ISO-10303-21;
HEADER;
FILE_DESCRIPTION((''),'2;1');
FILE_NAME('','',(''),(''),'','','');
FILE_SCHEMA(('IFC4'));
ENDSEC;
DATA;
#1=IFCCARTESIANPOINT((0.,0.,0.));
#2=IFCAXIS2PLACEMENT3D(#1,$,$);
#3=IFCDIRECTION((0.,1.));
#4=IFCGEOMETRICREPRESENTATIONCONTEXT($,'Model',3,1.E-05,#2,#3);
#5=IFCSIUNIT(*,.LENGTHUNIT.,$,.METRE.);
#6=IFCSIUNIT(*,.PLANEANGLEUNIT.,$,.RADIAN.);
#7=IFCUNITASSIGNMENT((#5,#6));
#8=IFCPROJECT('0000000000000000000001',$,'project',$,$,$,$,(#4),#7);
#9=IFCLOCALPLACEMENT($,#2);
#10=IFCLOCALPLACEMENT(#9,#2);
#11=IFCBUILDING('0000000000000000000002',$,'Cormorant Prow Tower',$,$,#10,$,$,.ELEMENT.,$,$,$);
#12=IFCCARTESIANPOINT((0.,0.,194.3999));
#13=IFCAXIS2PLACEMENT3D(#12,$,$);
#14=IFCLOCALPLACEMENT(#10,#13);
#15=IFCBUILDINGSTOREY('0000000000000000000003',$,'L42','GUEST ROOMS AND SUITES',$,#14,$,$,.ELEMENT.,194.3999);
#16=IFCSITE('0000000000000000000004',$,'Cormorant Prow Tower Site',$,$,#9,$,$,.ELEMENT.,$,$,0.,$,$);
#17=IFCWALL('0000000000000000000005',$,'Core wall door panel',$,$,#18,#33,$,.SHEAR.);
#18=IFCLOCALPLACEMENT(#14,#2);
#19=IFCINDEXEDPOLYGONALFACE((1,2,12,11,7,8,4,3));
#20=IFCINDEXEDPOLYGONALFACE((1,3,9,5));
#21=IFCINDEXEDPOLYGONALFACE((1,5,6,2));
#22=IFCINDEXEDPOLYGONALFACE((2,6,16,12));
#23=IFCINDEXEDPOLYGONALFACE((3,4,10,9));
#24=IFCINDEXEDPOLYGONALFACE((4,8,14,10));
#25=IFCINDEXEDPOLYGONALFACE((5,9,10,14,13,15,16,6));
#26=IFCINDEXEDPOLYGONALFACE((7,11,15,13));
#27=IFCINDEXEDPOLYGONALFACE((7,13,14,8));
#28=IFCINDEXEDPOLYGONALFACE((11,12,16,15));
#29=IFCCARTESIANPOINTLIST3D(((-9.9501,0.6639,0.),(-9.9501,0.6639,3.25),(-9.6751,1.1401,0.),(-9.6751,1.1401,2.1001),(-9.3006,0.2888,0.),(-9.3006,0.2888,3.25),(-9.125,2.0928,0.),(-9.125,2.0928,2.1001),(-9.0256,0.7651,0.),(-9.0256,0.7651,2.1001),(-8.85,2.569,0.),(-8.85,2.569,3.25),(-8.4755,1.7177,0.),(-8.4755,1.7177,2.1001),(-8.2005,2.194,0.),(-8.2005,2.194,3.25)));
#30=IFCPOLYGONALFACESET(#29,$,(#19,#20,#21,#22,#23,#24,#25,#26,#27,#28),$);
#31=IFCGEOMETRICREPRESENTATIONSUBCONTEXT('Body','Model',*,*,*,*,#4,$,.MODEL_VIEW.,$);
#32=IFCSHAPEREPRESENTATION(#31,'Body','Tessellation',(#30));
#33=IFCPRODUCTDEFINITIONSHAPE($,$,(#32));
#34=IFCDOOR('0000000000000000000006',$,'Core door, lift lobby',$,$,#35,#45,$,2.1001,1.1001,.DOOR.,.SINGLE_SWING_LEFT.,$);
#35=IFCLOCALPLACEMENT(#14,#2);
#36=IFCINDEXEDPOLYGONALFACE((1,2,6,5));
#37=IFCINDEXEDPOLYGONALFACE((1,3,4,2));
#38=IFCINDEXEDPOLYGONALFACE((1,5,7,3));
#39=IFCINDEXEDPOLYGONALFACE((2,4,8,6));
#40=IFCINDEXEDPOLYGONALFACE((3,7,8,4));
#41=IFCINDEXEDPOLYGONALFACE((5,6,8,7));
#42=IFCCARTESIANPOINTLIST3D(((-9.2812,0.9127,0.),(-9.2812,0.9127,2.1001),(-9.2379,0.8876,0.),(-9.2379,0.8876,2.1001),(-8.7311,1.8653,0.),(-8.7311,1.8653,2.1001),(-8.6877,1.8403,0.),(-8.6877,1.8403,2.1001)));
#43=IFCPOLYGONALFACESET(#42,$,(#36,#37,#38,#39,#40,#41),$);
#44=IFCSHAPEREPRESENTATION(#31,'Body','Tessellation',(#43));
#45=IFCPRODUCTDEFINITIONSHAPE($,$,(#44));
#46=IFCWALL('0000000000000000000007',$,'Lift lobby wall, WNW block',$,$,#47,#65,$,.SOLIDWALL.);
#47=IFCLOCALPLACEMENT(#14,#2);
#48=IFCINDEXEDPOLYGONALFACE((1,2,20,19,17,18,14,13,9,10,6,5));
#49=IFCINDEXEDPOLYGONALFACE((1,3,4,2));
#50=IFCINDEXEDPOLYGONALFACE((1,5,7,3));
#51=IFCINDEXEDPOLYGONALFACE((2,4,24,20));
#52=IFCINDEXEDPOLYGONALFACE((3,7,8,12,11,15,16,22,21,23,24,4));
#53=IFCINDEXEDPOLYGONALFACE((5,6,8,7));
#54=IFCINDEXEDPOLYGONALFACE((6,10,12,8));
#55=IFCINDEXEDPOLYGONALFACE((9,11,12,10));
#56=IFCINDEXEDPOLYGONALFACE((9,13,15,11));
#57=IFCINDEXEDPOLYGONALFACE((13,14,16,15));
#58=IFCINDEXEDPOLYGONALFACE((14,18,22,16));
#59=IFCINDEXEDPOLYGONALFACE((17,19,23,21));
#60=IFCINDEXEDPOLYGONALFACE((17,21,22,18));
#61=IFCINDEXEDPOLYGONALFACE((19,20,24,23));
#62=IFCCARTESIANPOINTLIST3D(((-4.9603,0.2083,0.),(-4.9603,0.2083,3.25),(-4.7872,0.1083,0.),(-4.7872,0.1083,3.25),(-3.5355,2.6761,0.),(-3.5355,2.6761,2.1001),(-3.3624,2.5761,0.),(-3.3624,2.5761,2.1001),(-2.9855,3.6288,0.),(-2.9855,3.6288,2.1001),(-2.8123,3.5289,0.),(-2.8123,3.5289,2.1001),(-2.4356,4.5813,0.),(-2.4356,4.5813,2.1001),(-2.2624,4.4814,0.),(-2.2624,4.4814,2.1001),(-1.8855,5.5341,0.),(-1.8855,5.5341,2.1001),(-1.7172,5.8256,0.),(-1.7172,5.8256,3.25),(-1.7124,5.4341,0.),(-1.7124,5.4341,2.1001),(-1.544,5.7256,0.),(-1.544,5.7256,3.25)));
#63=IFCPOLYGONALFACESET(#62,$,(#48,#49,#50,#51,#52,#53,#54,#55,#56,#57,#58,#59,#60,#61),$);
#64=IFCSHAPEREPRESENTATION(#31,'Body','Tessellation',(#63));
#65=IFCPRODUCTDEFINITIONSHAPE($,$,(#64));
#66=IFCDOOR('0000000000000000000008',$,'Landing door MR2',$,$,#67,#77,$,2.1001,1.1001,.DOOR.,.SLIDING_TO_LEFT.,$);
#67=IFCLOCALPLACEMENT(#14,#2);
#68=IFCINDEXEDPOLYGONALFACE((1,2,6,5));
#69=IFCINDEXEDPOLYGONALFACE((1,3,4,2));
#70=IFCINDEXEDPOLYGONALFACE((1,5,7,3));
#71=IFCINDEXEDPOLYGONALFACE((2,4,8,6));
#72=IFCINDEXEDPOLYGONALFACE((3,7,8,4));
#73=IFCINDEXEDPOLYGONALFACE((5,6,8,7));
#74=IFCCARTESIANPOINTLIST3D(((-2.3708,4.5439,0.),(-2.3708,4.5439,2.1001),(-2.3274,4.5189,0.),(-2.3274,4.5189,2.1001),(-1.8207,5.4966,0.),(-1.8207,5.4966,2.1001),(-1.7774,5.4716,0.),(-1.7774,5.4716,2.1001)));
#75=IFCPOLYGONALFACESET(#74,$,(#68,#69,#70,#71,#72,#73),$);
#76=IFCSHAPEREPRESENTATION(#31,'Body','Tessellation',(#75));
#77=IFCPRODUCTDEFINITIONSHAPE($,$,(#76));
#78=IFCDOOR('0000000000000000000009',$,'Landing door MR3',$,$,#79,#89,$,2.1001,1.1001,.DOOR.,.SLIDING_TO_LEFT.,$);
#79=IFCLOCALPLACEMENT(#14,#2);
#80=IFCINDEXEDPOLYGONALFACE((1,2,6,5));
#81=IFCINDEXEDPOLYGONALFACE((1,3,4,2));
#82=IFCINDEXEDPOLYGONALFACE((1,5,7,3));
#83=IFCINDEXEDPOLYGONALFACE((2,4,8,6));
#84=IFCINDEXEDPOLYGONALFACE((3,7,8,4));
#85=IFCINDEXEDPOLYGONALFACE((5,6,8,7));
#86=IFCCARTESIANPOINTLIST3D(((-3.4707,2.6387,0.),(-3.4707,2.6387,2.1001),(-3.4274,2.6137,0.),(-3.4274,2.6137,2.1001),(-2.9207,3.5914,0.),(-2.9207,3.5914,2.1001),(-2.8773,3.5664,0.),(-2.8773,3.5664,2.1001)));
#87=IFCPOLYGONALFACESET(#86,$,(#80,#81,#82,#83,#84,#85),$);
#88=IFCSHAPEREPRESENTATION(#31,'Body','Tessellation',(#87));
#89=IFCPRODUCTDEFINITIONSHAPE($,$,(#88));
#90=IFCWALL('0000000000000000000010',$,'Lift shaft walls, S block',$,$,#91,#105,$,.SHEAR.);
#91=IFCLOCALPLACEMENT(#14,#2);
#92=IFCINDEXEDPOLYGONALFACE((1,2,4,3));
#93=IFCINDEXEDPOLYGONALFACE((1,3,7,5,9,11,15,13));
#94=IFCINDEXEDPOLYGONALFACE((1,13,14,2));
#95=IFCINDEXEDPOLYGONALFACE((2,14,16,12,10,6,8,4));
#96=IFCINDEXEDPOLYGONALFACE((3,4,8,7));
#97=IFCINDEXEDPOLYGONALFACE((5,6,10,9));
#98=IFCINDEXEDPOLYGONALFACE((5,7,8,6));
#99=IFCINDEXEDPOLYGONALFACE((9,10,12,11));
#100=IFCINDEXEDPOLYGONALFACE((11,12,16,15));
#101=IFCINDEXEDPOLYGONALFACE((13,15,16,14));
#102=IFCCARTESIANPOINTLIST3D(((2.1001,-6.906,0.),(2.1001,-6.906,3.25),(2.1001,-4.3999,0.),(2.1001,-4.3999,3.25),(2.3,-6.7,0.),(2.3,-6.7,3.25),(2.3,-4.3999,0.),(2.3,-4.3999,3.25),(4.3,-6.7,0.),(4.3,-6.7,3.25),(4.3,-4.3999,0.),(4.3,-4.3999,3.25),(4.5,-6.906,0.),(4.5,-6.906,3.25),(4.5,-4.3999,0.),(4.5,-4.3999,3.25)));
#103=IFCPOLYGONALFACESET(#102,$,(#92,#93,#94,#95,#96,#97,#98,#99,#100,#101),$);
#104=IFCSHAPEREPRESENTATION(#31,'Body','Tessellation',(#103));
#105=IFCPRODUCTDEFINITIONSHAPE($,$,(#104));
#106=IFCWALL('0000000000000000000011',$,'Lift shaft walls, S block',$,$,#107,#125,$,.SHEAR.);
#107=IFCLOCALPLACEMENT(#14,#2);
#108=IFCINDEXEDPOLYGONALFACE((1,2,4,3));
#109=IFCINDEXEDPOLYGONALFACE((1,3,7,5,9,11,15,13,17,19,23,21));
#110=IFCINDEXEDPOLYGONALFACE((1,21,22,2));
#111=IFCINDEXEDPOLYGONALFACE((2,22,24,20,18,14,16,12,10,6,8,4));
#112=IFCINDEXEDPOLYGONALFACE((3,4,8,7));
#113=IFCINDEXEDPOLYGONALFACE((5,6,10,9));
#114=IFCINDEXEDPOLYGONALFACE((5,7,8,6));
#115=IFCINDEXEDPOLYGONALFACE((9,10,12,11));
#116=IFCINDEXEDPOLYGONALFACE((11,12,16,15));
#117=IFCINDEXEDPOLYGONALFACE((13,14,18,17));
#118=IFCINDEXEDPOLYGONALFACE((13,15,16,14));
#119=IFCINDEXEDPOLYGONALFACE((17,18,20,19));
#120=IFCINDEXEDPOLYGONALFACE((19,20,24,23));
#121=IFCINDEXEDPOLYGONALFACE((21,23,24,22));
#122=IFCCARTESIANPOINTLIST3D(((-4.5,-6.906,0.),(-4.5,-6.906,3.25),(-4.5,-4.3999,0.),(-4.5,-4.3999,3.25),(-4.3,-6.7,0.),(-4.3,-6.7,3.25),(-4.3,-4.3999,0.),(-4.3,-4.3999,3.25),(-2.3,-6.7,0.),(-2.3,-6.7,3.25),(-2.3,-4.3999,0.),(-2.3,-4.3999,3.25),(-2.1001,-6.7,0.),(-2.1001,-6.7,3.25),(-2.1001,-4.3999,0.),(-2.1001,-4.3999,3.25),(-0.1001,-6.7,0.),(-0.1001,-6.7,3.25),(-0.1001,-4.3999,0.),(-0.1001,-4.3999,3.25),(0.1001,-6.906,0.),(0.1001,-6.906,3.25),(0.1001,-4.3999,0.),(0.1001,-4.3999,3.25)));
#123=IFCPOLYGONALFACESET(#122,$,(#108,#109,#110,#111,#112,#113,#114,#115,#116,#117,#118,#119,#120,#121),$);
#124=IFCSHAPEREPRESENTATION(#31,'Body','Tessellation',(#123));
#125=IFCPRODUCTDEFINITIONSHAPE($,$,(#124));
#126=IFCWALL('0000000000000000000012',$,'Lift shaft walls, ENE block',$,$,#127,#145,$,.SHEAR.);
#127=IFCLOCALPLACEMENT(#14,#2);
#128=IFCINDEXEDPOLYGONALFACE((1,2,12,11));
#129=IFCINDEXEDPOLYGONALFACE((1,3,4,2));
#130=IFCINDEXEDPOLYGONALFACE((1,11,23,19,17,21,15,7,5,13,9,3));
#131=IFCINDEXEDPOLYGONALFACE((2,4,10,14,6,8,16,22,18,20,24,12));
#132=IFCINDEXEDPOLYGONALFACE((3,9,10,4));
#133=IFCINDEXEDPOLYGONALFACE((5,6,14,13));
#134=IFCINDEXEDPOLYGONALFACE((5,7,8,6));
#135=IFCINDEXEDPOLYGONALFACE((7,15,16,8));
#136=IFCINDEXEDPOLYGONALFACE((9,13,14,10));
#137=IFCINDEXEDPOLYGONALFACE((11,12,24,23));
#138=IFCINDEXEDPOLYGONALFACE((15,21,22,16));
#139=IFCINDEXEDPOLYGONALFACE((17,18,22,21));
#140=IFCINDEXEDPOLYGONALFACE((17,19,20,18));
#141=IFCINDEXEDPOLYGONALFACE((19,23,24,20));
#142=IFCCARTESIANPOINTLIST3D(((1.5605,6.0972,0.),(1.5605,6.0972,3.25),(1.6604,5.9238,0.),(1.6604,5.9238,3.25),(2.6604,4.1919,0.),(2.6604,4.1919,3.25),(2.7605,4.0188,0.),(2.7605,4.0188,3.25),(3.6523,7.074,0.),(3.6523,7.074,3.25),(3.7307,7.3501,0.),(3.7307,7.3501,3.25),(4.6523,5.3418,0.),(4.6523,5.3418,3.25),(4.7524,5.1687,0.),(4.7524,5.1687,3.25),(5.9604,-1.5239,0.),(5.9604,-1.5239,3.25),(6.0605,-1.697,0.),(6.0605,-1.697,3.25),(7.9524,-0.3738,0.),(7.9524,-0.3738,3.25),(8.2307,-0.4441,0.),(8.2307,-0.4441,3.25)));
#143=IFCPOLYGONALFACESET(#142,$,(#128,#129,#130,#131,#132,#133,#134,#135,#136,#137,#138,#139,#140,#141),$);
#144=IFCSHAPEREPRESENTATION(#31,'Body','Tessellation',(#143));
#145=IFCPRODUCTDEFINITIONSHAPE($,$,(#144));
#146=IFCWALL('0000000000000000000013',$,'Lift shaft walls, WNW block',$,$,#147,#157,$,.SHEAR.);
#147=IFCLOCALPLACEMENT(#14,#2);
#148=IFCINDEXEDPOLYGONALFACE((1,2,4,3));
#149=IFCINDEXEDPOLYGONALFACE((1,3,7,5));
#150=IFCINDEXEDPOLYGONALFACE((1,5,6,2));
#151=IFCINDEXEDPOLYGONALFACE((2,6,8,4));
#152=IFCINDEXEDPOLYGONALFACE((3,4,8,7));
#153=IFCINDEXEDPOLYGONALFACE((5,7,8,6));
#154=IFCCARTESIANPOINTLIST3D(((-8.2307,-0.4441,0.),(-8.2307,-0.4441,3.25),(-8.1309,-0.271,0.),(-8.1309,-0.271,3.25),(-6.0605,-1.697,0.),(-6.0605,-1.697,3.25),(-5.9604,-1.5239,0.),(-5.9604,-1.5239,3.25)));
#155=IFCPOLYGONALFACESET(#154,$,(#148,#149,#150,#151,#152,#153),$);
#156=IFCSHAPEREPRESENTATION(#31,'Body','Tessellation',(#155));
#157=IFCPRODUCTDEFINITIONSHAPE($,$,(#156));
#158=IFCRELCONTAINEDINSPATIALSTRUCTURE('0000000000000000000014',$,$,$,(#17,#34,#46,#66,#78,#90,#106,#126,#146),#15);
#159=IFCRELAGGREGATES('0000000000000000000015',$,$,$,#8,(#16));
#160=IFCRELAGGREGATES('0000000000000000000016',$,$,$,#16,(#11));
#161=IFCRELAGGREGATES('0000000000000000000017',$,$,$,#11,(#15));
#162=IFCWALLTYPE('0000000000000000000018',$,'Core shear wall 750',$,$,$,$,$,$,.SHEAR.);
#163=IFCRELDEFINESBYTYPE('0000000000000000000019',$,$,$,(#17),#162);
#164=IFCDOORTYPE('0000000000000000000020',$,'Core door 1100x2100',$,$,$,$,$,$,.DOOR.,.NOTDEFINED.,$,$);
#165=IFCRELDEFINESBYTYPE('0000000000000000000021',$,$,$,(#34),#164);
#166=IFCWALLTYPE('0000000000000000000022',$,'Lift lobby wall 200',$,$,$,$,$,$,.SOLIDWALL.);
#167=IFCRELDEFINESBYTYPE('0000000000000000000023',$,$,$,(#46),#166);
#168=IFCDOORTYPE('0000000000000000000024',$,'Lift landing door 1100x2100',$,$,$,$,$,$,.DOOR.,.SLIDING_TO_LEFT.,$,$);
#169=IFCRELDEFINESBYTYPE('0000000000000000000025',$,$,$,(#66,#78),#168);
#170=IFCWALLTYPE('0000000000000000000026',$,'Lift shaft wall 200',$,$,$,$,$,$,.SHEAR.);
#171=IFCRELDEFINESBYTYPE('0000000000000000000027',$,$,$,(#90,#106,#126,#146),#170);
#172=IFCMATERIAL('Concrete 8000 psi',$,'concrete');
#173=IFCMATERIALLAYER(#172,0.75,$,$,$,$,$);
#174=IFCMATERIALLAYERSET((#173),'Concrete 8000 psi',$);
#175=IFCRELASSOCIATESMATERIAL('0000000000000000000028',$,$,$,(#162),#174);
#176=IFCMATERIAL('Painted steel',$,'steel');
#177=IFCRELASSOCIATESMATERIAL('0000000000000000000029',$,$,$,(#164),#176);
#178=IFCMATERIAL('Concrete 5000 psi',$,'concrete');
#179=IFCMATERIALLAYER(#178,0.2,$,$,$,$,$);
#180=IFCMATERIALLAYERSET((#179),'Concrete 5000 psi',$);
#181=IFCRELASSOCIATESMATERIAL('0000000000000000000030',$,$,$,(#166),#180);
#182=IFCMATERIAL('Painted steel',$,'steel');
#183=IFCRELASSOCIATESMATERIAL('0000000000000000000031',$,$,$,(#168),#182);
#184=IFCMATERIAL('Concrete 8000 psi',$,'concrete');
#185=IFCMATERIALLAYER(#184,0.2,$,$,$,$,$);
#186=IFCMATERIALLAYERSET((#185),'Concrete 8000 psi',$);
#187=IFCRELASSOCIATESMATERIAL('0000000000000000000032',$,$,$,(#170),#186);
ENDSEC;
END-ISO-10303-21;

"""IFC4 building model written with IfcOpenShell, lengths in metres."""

from ifc_helpers import new_model, si_unit, direction, frame, frame_2d, origin, place, context, subcontext, project, spatial, polyline, rectangle, outline, extrude, material, layer, layer_set, type_object, element, fill, save


model = new_model("IFC4")

# Units and contexts
model_context = context("Model", 3, precision=1e-05, world=origin(), true_north=direction((0.0, 1.0)))
body_context = subcontext(model_context, "Body", "Model", "MODEL_VIEW")
ifc_project = project(units=[si_unit("LENGTHUNIT", "METRE"), si_unit("PLANEANGLEUNIT", "RADIAN")], contexts=[model_context])

# Site, building, storey
site_placement = place(None, origin())
site = spatial("IfcSite", under=ifc_project, at=site_placement, Name="Cormorant Prow Tower Site", CompositionType="ELEMENT", RefElevation=0.0)
building_placement = place(site_placement, origin())
building = spatial("IfcBuilding", under=site, at=building_placement, Name="Cormorant Prow Tower", CompositionType="ELEMENT")
storey_placement = place(building_placement, frame((0.0, 0.0, 194.3999)))
storey = spatial("IfcBuildingStorey", under=building, at=storey_placement, Name="L42", Description="GUEST ROOMS AND SUITES", CompositionType="ELEMENT", Elevation=194.3999)

# Shared definitions
ifc_material_1 = material(Name="Concrete 8000 psi", Category="concrete")
ifc_layer_1 = layer(ifc_material_1, 0.75)
ifc_layer_set_1 = layer_set([ifc_layer_1], Name="Concrete 8000 psi")
wall_type_1 = type_object("IfcWallType", Name="Core shear wall 750", PredefinedType="SHEAR", material=ifc_layer_set_1)

# Wall, opening, door
wall_1_placement = place(storey_placement, frame((-8.5251, 2.3816, 0.0), z_axis=(0.0, 0.0, 1.0), x_axis=(-0.500078, -0.86598, 0.0)))
wall_1 = element("IfcWall", 1, at=wall_1_placement, inside=storey, type_object=wall_type_1, Name="Core wall door panel", PredefinedType="SHEAR", context=body_context, shape_type="SweptSolid", body=[
    extrude(rectangle(XDim=2.2, YDim=0.75, at=frame_2d((1.1001, 0.0))), origin(), (0.0, 0.0, 1.0), 3.25),
])
opening_1_placement = place(wall_1_placement, frame((0.55, 0.0, 0.0)))
opening_1 = element("IfcOpeningElement", 2, at=opening_1_placement, cuts=wall_1, PredefinedType="OPENING", context=body_context, shape_type="SweptSolid", body=[
    extrude(rectangle(XDim=1.1001, YDim=2.1001, at=frame_2d((0.55, 1.05))), frame((0.0, 0.385, 0.0), z_axis=(0.0, -1.0, 0.0), x_axis=(1.0, 0.0, 0.0)), (0.0, 0.0, 1.0), 0.77),
])
ifc_material_2 = material(Name="Painted steel", Category="steel")
door_type_1 = type_object("IfcDoorType", Name="Core door 1100x2100", OperationType="NOTDEFINED", PredefinedType="DOOR", material=ifc_material_2)
door_1_placement = place(opening_1_placement, origin())
door_1 = element("IfcDoor", 3, at=door_1_placement, inside=storey, type_object=door_type_1, Name="Core door, lift lobby", OperationType="SINGLE_SWING_LEFT", OverallHeight=2.1001, OverallWidth=1.1001, PredefinedType="DOOR", context=body_context, shape_type="SweptSolid", body=[
    extrude(rectangle(XDim=1.1001, YDim=2.1001, at=frame_2d((0.55, 1.05))), frame((0.0, 0.1299, 0.0), z_axis=(0.0, -1.0, 0.0), x_axis=(1.0, 0.0, 0.0)), (0.0, 0.0, 1.0), 0.05),
])
fill(opening_1, door_1)

# Wall, openings, doors
ifc_material_3 = material(Name="Concrete 5000 psi", Category="concrete")
ifc_layer_2 = layer(ifc_material_3, 0.2)
ifc_layer_set_2 = layer_set([ifc_layer_2], Name="Concrete 5000 psi")
wall_type_2 = type_object("IfcWallType", Name="Lift lobby wall 200", PredefinedType="SOLIDWALL", material=ifc_layer_set_2)
wall_2_placement = place(storey_placement, frame((-1.6306, 5.7756, 0.0), z_axis=(0.0, 0.0, 1.0), x_axis=(-0.499993, -0.86603, 0.0)))
wall_2 = element("IfcWall", 4, at=wall_2_placement, inside=storey, type_object=wall_type_2, Name="Lift lobby wall, WNW block", PredefinedType="SOLIDWALL", context=body_context, shape_type="SweptSolid", body=[
    extrude(rectangle(XDim=6.4863, YDim=0.2, at=frame_2d((3.2432, 0.0))), origin(), (0.0, 0.0, 1.0), 3.25),
])
opening_2_placement = place(wall_2_placement, frame((0.3367, 0.0, 0.0)))
opening_2 = element("IfcOpeningElement", 5, at=opening_2_placement, cuts=wall_2, PredefinedType="OPENING", context=body_context, shape_type="SweptSolid", body=[
    extrude(rectangle(XDim=1.1001, YDim=2.1001, at=frame_2d((0.55, 1.05))), frame((0.0, 0.1099, 0.0), z_axis=(0.0, -1.0, 0.0), x_axis=(1.0, 0.0, 0.0)), (0.0, 0.0, 1.0), 0.22),
])
opening_3_placement = place(wall_2_placement, frame((2.5366, 0.0, 0.0)))
opening_3 = element("IfcOpeningElement", 6, at=opening_3_placement, cuts=wall_2, PredefinedType="OPENING", context=body_context, shape_type="SweptSolid", body=[
    extrude(rectangle(XDim=1.1001, YDim=2.1001, at=frame_2d((0.55, 1.05))), frame((0.0, 0.1099, 0.0), z_axis=(0.0, -1.0, 0.0), x_axis=(1.0, 0.0, 0.0)), (0.0, 0.0, 1.0), 0.22),
])
ifc_material_4 = material(Name="Painted steel", Category="steel")
door_type_2 = type_object("IfcDoorType", Name="Lift landing door 1100x2100", OperationType="SLIDING_TO_LEFT", PredefinedType="DOOR", material=ifc_material_4)
door_2_placement = place(opening_2_placement, origin())
door_2 = element("IfcDoor", 7, at=door_2_placement, inside=storey, type_object=door_type_2, Name="Landing door MR2", OperationType="SLIDING_TO_LEFT", OverallHeight=2.1001, OverallWidth=1.1001, PredefinedType="DOOR", context=body_context, shape_type="SweptSolid", body=[
    extrude(rectangle(XDim=1.1001, YDim=2.1001, at=frame_2d((0.55, 1.05))), frame((0.0, 0.0249, 0.0), z_axis=(0.0, -1.0, 0.0), x_axis=(1.0, 0.0, 0.0)), (0.0, 0.0, 1.0), 0.05),
])
fill(opening_2, door_2)
door_3_placement = place(opening_3_placement, origin())
door_3 = element("IfcDoor", 8, at=door_3_placement, inside=storey, type_object=door_type_2, Name="Landing door MR3", OperationType="SLIDING_TO_LEFT", OverallHeight=2.1001, OverallWidth=1.1001, PredefinedType="DOOR", context=body_context, shape_type="SweptSolid", body=[
    extrude(rectangle(XDim=1.1001, YDim=2.1001, at=frame_2d((0.55, 1.05))), frame((0.0, 0.0249, 0.0), z_axis=(0.0, -1.0, 0.0), x_axis=(1.0, 0.0, 0.0)), (0.0, 0.0, 1.0), 0.05),
])
fill(opening_3, door_3)

# Walls
ifc_material_5 = material(Name="Concrete 8000 psi", Category="concrete")
ifc_layer_3 = layer(ifc_material_5, 0.2)
ifc_layer_set_3 = layer_set([ifc_layer_3], Name="Concrete 8000 psi")
wall_type_3 = type_object("IfcWallType", Name="Lift shaft wall 200", PredefinedType="SHEAR", material=ifc_layer_set_3)
wall_3_placement = place(storey_placement, origin())
element("IfcWall", 9, at=wall_3_placement, inside=storey, type_object=wall_type_3, Name="Lift shaft walls, S block", PredefinedType="SHEAR", context=body_context, shape_type="SweptSolid", body=[
    extrude(outline(polyline([(4.5, -4.3999), (4.5, -6.906), (2.1001, -6.906), (2.1001, -4.3999), (2.3, -4.3999), (2.3, -6.7), (4.3, -6.7), (4.3, -4.3999), (4.5, -4.3999)])), origin(), (0.0, 0.0, 1.0), 3.25),
])
wall_4_placement = place(storey_placement, origin())
element("IfcWall", 10, at=wall_4_placement, inside=storey, type_object=wall_type_3, Name="Lift shaft walls, S block", PredefinedType="SHEAR", context=body_context, shape_type="SweptSolid", body=[
    extrude(outline(polyline([(0.1001, -4.3999), (0.1001, -6.906), (-4.5, -6.906), (-4.5, -4.3999), (-4.3, -4.3999), (-4.3, -6.7), (-2.3, -6.7), (-2.3, -4.3999), (-2.1001, -4.3999), (-2.1001, -6.7), (-0.1001, -6.7), (-0.1001, -4.3999), (0.1001, -4.3999)])), origin(), (0.0, 0.0, 1.0), 3.25),
])
wall_5_placement = place(storey_placement, origin())
element("IfcWall", 11, at=wall_5_placement, inside=storey, type_object=wall_type_3, Name="Lift shaft walls, ENE block", PredefinedType="SHEAR", context=body_context, shape_type="SweptSolid", body=[
    extrude(outline(polyline([(1.5605, 6.0972), (3.7307, 7.3501), (8.2307, -0.4441), (6.0605, -1.697), (5.9604, -1.5239), (7.9524, -0.3738), (4.7524, 5.1687), (2.7605, 4.0188), (2.6604, 4.1919), (4.6523, 5.3418), (3.6523, 7.074), (1.6604, 5.9238), (1.5605, 6.0972)])), origin(), (0.0, 0.0, 1.0), 3.25),
])
wall_6_placement = place(storey_placement, origin())
element("IfcWall", 12, at=wall_6_placement, inside=storey, type_object=wall_type_3, Name="Lift shaft walls, WNW block", PredefinedType="SHEAR", context=body_context, shape_type="SweptSolid", body=[
    extrude(outline(polyline([(-6.0605, -1.697), (-8.2307, -0.4441), (-8.1309, -0.271), (-5.9604, -1.5239), (-6.0605, -1.697)])), origin(), (0.0, 0.0, 1.0), 3.25),
])

save(model, "model.ifc")
